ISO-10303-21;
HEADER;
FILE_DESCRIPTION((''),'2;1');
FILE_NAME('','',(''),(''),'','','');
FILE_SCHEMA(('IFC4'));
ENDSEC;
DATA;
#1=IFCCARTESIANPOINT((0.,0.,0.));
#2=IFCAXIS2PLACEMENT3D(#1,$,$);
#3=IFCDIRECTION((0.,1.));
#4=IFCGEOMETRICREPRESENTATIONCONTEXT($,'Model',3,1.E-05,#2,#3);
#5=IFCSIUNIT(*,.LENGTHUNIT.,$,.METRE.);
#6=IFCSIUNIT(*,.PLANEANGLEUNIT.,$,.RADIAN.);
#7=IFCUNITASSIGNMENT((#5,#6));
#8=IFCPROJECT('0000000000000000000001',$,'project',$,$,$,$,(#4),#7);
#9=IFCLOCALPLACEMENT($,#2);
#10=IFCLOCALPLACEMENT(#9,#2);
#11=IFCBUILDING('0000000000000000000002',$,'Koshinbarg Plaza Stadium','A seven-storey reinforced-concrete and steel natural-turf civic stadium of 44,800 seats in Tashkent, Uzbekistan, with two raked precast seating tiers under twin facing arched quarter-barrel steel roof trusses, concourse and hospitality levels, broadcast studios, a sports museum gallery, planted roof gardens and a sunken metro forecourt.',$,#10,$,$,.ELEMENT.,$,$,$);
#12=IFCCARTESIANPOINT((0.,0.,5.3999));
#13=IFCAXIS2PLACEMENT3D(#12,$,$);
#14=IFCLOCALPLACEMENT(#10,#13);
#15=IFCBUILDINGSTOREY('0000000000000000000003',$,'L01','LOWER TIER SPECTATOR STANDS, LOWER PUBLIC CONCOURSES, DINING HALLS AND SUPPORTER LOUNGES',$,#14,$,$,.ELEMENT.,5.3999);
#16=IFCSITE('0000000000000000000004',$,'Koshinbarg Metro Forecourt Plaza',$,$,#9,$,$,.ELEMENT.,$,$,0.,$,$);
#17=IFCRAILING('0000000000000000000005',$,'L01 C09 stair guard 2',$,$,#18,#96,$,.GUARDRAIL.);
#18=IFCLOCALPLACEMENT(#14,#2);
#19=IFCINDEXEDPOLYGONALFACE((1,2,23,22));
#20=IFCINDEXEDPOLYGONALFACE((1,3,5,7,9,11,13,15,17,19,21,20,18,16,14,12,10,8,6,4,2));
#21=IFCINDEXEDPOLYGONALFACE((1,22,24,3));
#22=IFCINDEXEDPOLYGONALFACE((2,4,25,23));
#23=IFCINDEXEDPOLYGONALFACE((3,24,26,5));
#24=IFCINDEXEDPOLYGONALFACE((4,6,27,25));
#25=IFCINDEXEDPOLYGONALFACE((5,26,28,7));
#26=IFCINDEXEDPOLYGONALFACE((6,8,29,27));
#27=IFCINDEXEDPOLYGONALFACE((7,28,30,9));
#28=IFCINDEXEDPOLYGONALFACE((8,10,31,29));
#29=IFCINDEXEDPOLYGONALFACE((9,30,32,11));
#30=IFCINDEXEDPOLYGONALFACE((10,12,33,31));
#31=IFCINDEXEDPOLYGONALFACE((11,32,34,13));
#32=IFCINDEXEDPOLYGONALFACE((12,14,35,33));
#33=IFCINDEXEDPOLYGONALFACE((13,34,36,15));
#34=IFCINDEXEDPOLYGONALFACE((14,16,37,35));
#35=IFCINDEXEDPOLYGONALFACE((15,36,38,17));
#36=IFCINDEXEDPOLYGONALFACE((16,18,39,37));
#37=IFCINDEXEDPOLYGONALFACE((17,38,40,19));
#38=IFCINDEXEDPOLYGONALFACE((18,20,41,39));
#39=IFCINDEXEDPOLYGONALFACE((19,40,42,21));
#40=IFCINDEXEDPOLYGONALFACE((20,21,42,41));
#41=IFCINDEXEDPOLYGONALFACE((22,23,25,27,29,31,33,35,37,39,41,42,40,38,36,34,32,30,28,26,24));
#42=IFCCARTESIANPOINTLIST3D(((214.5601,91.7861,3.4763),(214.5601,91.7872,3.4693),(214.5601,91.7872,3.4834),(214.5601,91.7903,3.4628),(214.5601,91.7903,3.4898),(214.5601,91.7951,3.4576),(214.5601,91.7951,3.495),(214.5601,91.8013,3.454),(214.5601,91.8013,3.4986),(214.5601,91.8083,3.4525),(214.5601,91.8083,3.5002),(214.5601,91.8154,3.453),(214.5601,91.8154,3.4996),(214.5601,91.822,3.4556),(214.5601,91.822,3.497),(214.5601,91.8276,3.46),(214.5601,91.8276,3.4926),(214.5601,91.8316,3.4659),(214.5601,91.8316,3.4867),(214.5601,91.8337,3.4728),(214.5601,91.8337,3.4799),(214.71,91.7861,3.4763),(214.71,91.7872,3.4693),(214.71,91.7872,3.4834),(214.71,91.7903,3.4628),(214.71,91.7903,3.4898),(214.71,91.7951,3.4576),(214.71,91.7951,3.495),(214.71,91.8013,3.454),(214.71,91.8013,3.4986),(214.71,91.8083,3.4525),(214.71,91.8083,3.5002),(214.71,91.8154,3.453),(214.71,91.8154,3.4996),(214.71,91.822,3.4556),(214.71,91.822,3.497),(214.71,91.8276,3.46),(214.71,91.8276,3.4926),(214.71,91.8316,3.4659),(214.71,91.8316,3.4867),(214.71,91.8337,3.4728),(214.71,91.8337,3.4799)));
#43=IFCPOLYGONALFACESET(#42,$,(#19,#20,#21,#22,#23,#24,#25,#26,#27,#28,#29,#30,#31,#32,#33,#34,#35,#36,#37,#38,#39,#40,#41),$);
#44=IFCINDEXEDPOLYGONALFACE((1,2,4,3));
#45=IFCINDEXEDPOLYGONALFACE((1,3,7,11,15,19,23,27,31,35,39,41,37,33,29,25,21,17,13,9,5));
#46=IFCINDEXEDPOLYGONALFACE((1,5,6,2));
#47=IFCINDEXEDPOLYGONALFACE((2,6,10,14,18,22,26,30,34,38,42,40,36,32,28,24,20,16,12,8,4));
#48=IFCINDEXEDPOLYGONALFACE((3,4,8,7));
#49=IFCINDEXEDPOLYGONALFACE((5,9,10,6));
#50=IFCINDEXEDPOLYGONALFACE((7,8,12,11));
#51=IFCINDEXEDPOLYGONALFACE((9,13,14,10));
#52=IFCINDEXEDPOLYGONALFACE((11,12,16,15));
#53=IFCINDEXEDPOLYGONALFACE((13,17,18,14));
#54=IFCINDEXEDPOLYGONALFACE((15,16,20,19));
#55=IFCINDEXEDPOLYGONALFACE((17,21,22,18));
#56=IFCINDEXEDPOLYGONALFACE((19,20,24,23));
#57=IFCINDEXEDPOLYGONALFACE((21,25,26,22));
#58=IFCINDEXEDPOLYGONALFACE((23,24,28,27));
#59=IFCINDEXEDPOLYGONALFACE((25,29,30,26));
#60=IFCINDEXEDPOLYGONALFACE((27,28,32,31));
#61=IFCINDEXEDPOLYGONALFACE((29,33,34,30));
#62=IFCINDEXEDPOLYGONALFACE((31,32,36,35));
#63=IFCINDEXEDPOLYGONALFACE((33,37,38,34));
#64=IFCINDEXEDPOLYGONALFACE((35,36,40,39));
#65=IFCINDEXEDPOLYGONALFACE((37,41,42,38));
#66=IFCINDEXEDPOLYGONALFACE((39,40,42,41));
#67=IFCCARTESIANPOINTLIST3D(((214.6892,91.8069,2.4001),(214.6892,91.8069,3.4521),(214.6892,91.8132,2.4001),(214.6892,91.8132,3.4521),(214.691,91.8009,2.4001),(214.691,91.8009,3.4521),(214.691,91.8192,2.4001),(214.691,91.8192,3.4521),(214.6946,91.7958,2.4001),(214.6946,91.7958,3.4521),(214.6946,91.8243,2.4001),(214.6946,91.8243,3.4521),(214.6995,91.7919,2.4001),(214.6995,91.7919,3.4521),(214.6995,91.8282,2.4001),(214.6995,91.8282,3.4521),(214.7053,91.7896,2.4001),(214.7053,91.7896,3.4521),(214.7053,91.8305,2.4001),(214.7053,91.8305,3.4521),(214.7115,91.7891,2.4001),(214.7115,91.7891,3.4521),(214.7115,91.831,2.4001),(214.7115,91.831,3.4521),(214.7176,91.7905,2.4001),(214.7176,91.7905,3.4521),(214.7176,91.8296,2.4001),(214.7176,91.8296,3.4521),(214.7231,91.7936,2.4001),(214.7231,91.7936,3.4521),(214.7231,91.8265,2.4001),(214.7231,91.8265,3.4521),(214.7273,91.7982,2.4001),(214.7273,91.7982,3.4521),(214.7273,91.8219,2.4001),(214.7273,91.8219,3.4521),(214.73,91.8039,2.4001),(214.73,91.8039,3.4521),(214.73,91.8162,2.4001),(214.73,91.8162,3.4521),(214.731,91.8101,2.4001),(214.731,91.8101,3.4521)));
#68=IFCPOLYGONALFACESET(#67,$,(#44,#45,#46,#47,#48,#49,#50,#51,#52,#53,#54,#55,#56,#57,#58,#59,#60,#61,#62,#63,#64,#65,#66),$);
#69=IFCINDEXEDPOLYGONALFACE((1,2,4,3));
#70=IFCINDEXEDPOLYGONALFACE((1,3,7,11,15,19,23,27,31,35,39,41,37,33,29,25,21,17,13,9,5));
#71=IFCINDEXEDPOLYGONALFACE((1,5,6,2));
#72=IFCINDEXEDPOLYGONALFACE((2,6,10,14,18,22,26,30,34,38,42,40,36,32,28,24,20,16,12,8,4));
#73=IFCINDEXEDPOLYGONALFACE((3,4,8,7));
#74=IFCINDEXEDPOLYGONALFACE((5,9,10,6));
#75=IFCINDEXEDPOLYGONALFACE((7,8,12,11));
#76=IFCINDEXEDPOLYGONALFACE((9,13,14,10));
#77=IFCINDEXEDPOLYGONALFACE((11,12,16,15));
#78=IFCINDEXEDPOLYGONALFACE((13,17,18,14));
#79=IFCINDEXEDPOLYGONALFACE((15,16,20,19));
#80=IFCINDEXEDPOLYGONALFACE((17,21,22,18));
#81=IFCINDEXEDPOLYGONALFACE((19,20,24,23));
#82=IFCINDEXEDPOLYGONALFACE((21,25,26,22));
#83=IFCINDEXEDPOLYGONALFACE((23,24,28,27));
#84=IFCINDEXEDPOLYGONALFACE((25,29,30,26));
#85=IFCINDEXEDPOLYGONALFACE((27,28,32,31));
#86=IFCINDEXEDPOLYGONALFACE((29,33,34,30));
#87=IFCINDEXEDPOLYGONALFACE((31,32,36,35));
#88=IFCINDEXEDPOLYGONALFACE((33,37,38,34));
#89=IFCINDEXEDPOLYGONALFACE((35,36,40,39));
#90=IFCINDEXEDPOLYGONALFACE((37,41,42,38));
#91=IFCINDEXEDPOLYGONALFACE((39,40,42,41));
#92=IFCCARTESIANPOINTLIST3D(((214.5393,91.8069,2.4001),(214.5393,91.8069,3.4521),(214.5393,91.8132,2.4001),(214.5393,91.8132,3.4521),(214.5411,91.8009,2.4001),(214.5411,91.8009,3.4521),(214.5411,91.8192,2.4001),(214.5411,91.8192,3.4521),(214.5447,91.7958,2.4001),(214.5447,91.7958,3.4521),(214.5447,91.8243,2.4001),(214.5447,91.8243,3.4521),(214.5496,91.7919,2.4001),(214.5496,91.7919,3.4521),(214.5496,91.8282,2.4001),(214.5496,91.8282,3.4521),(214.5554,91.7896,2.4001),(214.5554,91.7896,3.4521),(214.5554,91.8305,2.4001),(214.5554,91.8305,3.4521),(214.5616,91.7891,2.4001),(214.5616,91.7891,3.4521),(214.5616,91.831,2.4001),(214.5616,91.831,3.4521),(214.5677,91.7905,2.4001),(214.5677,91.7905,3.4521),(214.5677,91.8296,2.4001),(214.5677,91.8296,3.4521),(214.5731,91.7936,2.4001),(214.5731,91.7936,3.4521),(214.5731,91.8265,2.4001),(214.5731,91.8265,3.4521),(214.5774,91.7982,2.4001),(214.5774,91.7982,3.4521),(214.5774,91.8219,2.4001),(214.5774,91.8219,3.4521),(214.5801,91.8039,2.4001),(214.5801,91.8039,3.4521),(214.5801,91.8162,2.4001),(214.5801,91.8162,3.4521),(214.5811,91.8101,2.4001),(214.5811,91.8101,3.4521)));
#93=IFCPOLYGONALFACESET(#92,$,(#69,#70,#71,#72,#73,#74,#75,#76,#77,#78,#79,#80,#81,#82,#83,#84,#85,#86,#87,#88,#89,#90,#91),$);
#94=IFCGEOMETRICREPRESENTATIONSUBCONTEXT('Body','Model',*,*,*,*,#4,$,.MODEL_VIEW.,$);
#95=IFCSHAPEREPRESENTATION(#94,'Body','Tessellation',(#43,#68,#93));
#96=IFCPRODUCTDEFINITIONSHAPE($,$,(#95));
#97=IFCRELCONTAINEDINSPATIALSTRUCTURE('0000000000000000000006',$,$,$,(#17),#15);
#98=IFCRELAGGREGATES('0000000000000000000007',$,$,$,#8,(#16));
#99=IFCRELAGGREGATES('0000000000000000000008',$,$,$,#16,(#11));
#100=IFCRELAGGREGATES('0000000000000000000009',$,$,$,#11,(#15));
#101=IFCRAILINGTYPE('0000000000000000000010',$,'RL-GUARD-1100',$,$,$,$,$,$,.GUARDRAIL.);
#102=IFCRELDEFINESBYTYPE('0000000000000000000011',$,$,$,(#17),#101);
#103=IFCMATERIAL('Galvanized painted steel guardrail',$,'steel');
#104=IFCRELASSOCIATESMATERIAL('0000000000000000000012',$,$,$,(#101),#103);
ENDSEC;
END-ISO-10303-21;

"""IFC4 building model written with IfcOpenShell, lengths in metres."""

from ifc_helpers import new_model, si_unit, direction, frame, origin, origin_2d, place, context, subcontext, project, spatial, circle, extrude, material, type_object, element, save


model = new_model("IFC4")

# Units and contexts
model_context = context("Model", 3, precision=1e-05, world=origin(), true_north=direction((0.0, 1.0)))
body_context = subcontext(model_context, "Body", "Model", "MODEL_VIEW")
ifc_project = project(units=[si_unit("LENGTHUNIT", "METRE"), si_unit("PLANEANGLEUNIT", "RADIAN")], contexts=[model_context])

# Site, building, storey
site_placement = place(None, origin())
site = spatial("IfcSite", under=ifc_project, at=site_placement, Name="Koshinbarg Metro Forecourt Plaza", CompositionType="ELEMENT", RefElevation=0.0)
building_placement = place(site_placement, origin())
building = spatial("IfcBuilding", under=site, at=building_placement, Name="Koshinbarg Plaza Stadium", Description="A seven-storey reinforced-concrete and steel natural-turf civic stadium of 44,800 seats in Tashkent, Uzbekistan, with two raked precast seating tiers under twin facing arched quarter-barrel steel roof trusses, concourse and hospitality levels, broadcast studios, a sports museum gallery, planted roof gardens and a sunken metro forecourt.", CompositionType="ELEMENT")
storey_placement = place(building_placement, frame((0.0, 0.0, 5.3999)))
storey = spatial("IfcBuildingStorey", under=building, at=storey_placement, Name="L01", Description="LOWER TIER SPECTATOR STANDS, LOWER PUBLIC CONCOURSES, DINING HALLS AND SUPPORTER LOUNGES", CompositionType="ELEMENT", Elevation=5.3999)

# Railing
ifc_material_1 = material(Name="Galvanized painted steel guardrail", Category="steel")
railing_type_1 = type_object("IfcRailingType", Name="RL-GUARD-1100", PredefinedType="GUARDRAIL", material=ifc_material_1)
railing_1_placement = place(storey_placement, frame((214.71, 91.8101, 2.4001)))
element("IfcRailing", 1, at=railing_1_placement, inside=storey, type_object=railing_type_1, Name="L01 C09 stair guard 2", PredefinedType="GUARDRAIL", context=body_context, shape_type="SweptSolid", body=[
    extrude(circle(Radius=0.0239, at=origin_2d()), frame((0.0, 0.0, 1.0762), z_axis=(-1.0, 0.0, 0.0), x_axis=(0.0, -1.0, 0.0)), (0.0, 0.0, 1.0), 0.1499),
    extrude(circle(Radius=0.021, at=origin_2d()), origin(), (0.0, 0.0, 1.0), 1.052),
    extrude(circle(Radius=0.021, at=origin_2d()), frame((-0.1499, 0.0, 0.0)), (0.0, 0.0, 1.0), 1.052),
])

save(model, "model.ifc")
